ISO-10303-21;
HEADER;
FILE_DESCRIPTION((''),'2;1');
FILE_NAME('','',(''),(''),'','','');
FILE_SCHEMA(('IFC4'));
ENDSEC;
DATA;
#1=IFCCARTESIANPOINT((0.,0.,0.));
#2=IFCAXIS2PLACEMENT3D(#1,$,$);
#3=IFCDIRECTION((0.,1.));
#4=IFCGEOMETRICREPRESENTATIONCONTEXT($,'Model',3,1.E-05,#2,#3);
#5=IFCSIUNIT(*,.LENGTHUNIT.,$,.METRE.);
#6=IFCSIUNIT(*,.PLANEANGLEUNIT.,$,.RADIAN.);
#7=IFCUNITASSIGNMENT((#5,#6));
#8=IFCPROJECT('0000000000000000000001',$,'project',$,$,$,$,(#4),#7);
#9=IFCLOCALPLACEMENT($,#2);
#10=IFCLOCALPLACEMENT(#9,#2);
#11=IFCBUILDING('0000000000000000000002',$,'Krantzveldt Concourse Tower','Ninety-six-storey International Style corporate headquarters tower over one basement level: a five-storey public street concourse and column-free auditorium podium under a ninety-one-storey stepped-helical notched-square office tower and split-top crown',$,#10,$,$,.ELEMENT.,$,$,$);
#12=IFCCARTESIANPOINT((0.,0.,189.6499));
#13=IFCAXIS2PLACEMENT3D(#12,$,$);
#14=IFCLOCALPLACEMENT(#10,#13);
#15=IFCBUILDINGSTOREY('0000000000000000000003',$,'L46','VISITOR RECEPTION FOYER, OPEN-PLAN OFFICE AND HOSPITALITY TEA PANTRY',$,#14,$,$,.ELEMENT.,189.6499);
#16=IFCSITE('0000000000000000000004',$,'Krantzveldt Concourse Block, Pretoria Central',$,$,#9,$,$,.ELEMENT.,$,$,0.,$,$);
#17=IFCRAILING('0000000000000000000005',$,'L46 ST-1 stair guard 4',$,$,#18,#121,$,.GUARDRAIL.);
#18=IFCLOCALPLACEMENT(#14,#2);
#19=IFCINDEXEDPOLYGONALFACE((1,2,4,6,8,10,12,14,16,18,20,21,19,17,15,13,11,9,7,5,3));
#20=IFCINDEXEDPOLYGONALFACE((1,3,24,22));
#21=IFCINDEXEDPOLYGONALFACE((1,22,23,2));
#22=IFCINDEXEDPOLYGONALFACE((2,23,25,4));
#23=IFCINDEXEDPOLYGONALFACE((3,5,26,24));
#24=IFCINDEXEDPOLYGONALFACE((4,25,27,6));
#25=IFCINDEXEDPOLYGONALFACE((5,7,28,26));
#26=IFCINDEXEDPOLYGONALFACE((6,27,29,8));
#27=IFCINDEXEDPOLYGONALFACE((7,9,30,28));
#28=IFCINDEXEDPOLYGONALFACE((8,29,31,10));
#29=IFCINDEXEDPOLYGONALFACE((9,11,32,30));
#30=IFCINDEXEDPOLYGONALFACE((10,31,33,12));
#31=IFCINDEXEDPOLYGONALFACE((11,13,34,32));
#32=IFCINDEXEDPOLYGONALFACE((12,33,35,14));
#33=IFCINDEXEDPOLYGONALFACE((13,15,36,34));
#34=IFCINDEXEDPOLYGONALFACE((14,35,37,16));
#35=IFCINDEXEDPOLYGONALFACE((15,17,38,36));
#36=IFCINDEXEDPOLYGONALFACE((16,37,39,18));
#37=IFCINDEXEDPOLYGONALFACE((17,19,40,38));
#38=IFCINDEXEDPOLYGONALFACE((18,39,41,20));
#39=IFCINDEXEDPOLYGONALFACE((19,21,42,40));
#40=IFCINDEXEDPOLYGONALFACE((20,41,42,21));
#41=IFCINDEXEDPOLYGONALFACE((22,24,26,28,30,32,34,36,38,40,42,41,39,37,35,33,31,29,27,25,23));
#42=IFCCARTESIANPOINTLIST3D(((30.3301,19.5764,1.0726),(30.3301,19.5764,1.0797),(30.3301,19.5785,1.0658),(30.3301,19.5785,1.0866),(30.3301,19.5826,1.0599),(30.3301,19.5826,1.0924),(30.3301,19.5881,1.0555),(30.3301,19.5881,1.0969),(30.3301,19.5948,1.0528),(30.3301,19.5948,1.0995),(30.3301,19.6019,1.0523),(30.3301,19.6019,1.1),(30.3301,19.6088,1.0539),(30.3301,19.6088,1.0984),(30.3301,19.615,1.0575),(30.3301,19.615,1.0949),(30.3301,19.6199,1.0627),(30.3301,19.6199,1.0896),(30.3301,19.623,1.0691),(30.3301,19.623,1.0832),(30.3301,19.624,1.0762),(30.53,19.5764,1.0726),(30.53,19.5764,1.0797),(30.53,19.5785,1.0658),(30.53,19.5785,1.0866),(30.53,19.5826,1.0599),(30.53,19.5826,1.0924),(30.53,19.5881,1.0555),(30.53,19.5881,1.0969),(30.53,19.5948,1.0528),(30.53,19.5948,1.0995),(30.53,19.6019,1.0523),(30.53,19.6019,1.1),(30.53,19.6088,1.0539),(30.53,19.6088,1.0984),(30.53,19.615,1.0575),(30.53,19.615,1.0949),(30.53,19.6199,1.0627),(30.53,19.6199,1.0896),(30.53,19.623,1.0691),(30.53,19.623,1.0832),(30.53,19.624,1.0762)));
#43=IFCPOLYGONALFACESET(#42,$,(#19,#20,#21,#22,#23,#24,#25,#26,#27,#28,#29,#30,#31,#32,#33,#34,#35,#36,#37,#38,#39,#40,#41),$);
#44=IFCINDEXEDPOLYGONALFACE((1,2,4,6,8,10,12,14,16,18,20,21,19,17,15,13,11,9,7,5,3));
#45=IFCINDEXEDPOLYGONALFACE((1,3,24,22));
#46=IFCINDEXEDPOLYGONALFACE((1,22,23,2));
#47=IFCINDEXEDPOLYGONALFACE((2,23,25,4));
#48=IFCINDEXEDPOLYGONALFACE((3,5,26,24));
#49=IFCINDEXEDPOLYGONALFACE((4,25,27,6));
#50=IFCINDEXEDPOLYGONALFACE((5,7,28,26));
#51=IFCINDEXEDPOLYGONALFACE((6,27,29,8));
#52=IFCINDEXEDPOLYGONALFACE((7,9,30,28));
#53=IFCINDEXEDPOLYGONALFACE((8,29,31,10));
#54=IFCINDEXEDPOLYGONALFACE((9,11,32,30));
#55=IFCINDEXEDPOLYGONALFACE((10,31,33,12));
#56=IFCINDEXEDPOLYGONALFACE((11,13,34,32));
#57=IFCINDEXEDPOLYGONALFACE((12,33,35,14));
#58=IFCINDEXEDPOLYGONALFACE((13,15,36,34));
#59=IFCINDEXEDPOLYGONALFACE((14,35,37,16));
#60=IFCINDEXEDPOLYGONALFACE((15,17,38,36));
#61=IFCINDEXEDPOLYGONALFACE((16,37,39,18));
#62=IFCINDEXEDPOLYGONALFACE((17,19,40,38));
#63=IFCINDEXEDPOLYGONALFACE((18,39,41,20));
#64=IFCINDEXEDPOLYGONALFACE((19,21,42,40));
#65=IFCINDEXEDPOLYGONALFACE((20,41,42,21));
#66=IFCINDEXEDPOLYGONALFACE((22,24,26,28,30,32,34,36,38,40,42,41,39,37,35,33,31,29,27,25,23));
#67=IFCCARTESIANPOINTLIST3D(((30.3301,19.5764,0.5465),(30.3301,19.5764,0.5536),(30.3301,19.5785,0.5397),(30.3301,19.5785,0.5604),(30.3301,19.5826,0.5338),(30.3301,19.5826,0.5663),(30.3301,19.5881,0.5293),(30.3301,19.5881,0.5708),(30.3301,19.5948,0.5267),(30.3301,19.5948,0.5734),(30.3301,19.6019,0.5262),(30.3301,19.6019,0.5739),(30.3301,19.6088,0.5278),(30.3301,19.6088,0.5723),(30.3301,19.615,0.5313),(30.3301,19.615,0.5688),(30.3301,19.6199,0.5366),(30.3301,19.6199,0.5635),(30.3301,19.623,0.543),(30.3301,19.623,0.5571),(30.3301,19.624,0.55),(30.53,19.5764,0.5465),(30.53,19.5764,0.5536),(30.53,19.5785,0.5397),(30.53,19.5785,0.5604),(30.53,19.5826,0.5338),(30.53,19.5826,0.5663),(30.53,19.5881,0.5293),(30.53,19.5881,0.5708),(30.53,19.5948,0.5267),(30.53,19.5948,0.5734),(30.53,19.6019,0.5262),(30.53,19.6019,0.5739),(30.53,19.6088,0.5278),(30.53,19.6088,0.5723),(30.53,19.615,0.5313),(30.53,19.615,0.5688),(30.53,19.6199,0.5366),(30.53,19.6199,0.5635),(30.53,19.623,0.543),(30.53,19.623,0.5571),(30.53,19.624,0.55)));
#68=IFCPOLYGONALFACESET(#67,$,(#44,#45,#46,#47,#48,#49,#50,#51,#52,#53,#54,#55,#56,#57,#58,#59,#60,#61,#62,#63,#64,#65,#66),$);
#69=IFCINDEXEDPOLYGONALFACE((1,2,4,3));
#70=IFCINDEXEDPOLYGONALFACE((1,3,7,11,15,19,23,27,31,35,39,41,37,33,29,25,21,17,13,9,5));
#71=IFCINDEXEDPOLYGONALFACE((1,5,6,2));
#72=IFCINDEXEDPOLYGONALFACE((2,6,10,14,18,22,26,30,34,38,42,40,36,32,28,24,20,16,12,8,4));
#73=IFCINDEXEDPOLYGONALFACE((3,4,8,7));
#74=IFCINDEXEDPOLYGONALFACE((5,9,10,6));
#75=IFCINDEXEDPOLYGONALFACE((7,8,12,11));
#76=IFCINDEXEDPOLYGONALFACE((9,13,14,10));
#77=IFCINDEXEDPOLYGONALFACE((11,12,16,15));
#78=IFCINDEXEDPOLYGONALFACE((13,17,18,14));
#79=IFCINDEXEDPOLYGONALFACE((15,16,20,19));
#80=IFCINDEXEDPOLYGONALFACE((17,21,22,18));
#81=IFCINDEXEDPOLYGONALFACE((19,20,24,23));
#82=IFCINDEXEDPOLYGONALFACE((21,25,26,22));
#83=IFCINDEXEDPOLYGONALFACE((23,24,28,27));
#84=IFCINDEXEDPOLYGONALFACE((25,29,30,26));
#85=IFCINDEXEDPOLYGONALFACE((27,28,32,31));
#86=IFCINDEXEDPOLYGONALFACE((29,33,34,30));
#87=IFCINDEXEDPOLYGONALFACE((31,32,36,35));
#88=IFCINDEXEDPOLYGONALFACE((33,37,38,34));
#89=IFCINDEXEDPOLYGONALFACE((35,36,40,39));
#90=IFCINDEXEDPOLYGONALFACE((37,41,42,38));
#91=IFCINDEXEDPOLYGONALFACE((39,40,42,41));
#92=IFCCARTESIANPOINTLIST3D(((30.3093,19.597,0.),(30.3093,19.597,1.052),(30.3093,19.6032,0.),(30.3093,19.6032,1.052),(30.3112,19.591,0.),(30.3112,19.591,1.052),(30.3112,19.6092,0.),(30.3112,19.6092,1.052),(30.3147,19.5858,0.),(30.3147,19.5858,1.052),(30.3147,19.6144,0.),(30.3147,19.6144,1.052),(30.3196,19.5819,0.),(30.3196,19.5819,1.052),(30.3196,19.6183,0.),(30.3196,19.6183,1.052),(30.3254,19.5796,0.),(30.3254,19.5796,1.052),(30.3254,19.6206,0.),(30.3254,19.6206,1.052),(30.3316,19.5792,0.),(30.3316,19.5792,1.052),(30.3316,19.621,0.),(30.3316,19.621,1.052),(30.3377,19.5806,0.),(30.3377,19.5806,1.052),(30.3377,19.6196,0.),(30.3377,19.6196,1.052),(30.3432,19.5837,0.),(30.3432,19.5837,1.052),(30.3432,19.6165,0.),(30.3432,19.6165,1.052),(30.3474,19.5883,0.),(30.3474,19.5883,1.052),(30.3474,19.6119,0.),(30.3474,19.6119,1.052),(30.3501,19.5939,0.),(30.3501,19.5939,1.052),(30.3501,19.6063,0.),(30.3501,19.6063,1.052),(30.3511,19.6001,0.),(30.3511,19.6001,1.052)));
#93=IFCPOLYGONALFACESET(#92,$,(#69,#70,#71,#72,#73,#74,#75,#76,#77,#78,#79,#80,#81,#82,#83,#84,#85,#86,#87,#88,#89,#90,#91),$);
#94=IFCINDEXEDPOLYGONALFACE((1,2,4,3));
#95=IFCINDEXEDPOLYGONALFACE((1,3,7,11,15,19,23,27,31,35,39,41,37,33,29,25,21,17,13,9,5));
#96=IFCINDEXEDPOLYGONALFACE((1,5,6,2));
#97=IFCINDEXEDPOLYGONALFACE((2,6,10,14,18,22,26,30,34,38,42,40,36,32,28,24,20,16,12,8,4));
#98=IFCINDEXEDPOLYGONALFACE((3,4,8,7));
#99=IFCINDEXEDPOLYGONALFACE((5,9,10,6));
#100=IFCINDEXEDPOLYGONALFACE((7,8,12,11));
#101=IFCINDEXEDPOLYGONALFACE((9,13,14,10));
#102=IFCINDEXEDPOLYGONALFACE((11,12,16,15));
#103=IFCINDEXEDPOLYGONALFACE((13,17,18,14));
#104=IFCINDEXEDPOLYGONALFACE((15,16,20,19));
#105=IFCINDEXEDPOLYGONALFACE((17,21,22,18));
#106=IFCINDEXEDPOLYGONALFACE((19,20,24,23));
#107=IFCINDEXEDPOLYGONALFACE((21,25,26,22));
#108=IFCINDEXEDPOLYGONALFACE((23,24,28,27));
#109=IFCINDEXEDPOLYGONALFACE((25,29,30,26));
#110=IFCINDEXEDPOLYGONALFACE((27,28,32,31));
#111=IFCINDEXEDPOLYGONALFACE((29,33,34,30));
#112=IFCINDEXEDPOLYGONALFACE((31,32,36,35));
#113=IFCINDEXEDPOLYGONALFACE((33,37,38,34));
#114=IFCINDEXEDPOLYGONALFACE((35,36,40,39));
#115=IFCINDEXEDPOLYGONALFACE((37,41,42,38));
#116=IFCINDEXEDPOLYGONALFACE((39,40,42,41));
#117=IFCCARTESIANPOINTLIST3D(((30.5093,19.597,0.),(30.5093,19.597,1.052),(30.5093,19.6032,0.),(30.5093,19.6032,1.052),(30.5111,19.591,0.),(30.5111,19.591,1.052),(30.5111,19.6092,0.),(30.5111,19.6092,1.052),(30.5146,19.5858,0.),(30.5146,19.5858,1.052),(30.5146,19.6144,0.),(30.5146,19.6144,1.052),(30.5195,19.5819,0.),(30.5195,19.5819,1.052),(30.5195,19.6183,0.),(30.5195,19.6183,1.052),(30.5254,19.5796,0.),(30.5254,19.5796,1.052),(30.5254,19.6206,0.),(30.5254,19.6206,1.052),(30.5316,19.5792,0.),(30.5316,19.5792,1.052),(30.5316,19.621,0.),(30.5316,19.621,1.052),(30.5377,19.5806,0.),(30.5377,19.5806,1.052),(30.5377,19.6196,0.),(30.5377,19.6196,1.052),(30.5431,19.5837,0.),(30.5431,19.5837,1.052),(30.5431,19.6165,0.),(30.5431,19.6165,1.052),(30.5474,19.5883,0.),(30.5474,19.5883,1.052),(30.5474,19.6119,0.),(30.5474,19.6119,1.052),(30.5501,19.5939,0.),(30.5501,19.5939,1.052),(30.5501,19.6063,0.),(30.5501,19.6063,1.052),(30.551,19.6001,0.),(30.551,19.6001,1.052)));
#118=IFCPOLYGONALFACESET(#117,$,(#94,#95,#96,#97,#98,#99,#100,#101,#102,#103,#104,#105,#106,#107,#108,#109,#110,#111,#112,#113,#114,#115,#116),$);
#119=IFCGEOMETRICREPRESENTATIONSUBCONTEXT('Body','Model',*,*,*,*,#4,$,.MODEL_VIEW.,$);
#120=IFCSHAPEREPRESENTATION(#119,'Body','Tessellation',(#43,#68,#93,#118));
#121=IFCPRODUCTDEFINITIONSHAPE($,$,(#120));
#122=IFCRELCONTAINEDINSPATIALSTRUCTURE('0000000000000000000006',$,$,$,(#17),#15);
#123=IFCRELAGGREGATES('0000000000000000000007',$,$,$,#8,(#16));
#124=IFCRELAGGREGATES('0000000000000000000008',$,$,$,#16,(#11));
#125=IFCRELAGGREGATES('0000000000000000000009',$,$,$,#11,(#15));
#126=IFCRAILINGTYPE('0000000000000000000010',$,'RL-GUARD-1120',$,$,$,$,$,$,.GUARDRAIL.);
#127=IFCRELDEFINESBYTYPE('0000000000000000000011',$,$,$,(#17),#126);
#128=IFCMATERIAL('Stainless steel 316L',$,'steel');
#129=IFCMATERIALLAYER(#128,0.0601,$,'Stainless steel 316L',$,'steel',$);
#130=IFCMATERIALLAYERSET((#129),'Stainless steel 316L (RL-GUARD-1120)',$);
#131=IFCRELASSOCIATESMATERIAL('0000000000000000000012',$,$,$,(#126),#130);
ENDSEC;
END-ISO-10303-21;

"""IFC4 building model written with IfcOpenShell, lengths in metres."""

from ifc_helpers import new_model, si_unit, direction, frame, origin, origin_2d, place, context, subcontext, project, spatial, circle, extrude, material, layer, layer_set, type_object, element, save


model = new_model("IFC4")

# Units and contexts
model_context = context("Model", 3, precision=1e-05, world=origin(), true_north=direction((0.0, 1.0)))
body_context = subcontext(model_context, "Body", "Model", "MODEL_VIEW")
ifc_project = project(units=[si_unit("LENGTHUNIT", "METRE"), si_unit("PLANEANGLEUNIT", "RADIAN")], contexts=[model_context])

# Site, building, storey
site_placement = place(None, origin())
site = spatial("IfcSite", under=ifc_project, at=site_placement, Name="Krantzveldt Concourse Block, Pretoria Central", CompositionType="ELEMENT", RefElevation=0.0)
building_placement = place(site_placement, origin())
building = spatial("IfcBuilding", under=site, at=building_placement, Name="Krantzveldt Concourse Tower", Description="Ninety-six-storey International Style corporate headquarters tower over one basement level: a five-storey public street concourse and column-free auditorium podium under a ninety-one-storey stepped-helical notched-square office tower and split-top crown", CompositionType="ELEMENT")
storey_placement = place(building_placement, frame((0.0, 0.0, 189.6499)))
storey = spatial("IfcBuildingStorey", under=building, at=storey_placement, Name="L46", Description="VISITOR RECEPTION FOYER, OPEN-PLAN OFFICE AND HOSPITALITY TEA PANTRY", CompositionType="ELEMENT", Elevation=189.6499)

# Railing
ifc_material_1 = material(Name="Stainless steel 316L", Category="steel")
ifc_layer_1 = layer(ifc_material_1, 0.0601, Name="Stainless steel 316L", Category="steel")
ifc_layer_set_1 = layer_set([ifc_layer_1], Name="Stainless steel 316L (RL-GUARD-1120)")
railing_type_1 = type_object("IfcRailingType", Name="RL-GUARD-1120", PredefinedType="GUARDRAIL", material=ifc_layer_set_1)
railing_1_placement = place(storey_placement, frame((30.3301, 19.6001, 0.0)))
element("IfcRailing", 1, at=railing_1_placement, inside=storey, type_object=railing_type_1, Name="L46 ST-1 stair guard 4", PredefinedType="GUARDRAIL", context=body_context, shape_type="SweptSolid", body=[
    extrude(circle(Radius=0.0239, at=origin_2d()), frame((0.0, 0.0, 1.0762), z_axis=(1.0, 0.0, 0.0), x_axis=(0.0, 1.0, 0.0)), (0.0, 0.0, 1.0), 0.2),
    extrude(circle(Radius=0.0239, at=origin_2d()), frame((0.0, 0.0, 0.55), z_axis=(1.0, 0.0, 0.0), x_axis=(0.0, 1.0, 0.0)), (0.0, 0.0, 1.0), 0.2),
    extrude(circle(Radius=0.021, at=origin_2d()), origin(), (0.0, 0.0, 1.0), 1.052),
    extrude(circle(Radius=0.021, at=origin_2d()), frame((0.2, 0.0, 0.0)), (0.0, 0.0, 1.0), 1.052),
])

save(model, "model.ifc")
